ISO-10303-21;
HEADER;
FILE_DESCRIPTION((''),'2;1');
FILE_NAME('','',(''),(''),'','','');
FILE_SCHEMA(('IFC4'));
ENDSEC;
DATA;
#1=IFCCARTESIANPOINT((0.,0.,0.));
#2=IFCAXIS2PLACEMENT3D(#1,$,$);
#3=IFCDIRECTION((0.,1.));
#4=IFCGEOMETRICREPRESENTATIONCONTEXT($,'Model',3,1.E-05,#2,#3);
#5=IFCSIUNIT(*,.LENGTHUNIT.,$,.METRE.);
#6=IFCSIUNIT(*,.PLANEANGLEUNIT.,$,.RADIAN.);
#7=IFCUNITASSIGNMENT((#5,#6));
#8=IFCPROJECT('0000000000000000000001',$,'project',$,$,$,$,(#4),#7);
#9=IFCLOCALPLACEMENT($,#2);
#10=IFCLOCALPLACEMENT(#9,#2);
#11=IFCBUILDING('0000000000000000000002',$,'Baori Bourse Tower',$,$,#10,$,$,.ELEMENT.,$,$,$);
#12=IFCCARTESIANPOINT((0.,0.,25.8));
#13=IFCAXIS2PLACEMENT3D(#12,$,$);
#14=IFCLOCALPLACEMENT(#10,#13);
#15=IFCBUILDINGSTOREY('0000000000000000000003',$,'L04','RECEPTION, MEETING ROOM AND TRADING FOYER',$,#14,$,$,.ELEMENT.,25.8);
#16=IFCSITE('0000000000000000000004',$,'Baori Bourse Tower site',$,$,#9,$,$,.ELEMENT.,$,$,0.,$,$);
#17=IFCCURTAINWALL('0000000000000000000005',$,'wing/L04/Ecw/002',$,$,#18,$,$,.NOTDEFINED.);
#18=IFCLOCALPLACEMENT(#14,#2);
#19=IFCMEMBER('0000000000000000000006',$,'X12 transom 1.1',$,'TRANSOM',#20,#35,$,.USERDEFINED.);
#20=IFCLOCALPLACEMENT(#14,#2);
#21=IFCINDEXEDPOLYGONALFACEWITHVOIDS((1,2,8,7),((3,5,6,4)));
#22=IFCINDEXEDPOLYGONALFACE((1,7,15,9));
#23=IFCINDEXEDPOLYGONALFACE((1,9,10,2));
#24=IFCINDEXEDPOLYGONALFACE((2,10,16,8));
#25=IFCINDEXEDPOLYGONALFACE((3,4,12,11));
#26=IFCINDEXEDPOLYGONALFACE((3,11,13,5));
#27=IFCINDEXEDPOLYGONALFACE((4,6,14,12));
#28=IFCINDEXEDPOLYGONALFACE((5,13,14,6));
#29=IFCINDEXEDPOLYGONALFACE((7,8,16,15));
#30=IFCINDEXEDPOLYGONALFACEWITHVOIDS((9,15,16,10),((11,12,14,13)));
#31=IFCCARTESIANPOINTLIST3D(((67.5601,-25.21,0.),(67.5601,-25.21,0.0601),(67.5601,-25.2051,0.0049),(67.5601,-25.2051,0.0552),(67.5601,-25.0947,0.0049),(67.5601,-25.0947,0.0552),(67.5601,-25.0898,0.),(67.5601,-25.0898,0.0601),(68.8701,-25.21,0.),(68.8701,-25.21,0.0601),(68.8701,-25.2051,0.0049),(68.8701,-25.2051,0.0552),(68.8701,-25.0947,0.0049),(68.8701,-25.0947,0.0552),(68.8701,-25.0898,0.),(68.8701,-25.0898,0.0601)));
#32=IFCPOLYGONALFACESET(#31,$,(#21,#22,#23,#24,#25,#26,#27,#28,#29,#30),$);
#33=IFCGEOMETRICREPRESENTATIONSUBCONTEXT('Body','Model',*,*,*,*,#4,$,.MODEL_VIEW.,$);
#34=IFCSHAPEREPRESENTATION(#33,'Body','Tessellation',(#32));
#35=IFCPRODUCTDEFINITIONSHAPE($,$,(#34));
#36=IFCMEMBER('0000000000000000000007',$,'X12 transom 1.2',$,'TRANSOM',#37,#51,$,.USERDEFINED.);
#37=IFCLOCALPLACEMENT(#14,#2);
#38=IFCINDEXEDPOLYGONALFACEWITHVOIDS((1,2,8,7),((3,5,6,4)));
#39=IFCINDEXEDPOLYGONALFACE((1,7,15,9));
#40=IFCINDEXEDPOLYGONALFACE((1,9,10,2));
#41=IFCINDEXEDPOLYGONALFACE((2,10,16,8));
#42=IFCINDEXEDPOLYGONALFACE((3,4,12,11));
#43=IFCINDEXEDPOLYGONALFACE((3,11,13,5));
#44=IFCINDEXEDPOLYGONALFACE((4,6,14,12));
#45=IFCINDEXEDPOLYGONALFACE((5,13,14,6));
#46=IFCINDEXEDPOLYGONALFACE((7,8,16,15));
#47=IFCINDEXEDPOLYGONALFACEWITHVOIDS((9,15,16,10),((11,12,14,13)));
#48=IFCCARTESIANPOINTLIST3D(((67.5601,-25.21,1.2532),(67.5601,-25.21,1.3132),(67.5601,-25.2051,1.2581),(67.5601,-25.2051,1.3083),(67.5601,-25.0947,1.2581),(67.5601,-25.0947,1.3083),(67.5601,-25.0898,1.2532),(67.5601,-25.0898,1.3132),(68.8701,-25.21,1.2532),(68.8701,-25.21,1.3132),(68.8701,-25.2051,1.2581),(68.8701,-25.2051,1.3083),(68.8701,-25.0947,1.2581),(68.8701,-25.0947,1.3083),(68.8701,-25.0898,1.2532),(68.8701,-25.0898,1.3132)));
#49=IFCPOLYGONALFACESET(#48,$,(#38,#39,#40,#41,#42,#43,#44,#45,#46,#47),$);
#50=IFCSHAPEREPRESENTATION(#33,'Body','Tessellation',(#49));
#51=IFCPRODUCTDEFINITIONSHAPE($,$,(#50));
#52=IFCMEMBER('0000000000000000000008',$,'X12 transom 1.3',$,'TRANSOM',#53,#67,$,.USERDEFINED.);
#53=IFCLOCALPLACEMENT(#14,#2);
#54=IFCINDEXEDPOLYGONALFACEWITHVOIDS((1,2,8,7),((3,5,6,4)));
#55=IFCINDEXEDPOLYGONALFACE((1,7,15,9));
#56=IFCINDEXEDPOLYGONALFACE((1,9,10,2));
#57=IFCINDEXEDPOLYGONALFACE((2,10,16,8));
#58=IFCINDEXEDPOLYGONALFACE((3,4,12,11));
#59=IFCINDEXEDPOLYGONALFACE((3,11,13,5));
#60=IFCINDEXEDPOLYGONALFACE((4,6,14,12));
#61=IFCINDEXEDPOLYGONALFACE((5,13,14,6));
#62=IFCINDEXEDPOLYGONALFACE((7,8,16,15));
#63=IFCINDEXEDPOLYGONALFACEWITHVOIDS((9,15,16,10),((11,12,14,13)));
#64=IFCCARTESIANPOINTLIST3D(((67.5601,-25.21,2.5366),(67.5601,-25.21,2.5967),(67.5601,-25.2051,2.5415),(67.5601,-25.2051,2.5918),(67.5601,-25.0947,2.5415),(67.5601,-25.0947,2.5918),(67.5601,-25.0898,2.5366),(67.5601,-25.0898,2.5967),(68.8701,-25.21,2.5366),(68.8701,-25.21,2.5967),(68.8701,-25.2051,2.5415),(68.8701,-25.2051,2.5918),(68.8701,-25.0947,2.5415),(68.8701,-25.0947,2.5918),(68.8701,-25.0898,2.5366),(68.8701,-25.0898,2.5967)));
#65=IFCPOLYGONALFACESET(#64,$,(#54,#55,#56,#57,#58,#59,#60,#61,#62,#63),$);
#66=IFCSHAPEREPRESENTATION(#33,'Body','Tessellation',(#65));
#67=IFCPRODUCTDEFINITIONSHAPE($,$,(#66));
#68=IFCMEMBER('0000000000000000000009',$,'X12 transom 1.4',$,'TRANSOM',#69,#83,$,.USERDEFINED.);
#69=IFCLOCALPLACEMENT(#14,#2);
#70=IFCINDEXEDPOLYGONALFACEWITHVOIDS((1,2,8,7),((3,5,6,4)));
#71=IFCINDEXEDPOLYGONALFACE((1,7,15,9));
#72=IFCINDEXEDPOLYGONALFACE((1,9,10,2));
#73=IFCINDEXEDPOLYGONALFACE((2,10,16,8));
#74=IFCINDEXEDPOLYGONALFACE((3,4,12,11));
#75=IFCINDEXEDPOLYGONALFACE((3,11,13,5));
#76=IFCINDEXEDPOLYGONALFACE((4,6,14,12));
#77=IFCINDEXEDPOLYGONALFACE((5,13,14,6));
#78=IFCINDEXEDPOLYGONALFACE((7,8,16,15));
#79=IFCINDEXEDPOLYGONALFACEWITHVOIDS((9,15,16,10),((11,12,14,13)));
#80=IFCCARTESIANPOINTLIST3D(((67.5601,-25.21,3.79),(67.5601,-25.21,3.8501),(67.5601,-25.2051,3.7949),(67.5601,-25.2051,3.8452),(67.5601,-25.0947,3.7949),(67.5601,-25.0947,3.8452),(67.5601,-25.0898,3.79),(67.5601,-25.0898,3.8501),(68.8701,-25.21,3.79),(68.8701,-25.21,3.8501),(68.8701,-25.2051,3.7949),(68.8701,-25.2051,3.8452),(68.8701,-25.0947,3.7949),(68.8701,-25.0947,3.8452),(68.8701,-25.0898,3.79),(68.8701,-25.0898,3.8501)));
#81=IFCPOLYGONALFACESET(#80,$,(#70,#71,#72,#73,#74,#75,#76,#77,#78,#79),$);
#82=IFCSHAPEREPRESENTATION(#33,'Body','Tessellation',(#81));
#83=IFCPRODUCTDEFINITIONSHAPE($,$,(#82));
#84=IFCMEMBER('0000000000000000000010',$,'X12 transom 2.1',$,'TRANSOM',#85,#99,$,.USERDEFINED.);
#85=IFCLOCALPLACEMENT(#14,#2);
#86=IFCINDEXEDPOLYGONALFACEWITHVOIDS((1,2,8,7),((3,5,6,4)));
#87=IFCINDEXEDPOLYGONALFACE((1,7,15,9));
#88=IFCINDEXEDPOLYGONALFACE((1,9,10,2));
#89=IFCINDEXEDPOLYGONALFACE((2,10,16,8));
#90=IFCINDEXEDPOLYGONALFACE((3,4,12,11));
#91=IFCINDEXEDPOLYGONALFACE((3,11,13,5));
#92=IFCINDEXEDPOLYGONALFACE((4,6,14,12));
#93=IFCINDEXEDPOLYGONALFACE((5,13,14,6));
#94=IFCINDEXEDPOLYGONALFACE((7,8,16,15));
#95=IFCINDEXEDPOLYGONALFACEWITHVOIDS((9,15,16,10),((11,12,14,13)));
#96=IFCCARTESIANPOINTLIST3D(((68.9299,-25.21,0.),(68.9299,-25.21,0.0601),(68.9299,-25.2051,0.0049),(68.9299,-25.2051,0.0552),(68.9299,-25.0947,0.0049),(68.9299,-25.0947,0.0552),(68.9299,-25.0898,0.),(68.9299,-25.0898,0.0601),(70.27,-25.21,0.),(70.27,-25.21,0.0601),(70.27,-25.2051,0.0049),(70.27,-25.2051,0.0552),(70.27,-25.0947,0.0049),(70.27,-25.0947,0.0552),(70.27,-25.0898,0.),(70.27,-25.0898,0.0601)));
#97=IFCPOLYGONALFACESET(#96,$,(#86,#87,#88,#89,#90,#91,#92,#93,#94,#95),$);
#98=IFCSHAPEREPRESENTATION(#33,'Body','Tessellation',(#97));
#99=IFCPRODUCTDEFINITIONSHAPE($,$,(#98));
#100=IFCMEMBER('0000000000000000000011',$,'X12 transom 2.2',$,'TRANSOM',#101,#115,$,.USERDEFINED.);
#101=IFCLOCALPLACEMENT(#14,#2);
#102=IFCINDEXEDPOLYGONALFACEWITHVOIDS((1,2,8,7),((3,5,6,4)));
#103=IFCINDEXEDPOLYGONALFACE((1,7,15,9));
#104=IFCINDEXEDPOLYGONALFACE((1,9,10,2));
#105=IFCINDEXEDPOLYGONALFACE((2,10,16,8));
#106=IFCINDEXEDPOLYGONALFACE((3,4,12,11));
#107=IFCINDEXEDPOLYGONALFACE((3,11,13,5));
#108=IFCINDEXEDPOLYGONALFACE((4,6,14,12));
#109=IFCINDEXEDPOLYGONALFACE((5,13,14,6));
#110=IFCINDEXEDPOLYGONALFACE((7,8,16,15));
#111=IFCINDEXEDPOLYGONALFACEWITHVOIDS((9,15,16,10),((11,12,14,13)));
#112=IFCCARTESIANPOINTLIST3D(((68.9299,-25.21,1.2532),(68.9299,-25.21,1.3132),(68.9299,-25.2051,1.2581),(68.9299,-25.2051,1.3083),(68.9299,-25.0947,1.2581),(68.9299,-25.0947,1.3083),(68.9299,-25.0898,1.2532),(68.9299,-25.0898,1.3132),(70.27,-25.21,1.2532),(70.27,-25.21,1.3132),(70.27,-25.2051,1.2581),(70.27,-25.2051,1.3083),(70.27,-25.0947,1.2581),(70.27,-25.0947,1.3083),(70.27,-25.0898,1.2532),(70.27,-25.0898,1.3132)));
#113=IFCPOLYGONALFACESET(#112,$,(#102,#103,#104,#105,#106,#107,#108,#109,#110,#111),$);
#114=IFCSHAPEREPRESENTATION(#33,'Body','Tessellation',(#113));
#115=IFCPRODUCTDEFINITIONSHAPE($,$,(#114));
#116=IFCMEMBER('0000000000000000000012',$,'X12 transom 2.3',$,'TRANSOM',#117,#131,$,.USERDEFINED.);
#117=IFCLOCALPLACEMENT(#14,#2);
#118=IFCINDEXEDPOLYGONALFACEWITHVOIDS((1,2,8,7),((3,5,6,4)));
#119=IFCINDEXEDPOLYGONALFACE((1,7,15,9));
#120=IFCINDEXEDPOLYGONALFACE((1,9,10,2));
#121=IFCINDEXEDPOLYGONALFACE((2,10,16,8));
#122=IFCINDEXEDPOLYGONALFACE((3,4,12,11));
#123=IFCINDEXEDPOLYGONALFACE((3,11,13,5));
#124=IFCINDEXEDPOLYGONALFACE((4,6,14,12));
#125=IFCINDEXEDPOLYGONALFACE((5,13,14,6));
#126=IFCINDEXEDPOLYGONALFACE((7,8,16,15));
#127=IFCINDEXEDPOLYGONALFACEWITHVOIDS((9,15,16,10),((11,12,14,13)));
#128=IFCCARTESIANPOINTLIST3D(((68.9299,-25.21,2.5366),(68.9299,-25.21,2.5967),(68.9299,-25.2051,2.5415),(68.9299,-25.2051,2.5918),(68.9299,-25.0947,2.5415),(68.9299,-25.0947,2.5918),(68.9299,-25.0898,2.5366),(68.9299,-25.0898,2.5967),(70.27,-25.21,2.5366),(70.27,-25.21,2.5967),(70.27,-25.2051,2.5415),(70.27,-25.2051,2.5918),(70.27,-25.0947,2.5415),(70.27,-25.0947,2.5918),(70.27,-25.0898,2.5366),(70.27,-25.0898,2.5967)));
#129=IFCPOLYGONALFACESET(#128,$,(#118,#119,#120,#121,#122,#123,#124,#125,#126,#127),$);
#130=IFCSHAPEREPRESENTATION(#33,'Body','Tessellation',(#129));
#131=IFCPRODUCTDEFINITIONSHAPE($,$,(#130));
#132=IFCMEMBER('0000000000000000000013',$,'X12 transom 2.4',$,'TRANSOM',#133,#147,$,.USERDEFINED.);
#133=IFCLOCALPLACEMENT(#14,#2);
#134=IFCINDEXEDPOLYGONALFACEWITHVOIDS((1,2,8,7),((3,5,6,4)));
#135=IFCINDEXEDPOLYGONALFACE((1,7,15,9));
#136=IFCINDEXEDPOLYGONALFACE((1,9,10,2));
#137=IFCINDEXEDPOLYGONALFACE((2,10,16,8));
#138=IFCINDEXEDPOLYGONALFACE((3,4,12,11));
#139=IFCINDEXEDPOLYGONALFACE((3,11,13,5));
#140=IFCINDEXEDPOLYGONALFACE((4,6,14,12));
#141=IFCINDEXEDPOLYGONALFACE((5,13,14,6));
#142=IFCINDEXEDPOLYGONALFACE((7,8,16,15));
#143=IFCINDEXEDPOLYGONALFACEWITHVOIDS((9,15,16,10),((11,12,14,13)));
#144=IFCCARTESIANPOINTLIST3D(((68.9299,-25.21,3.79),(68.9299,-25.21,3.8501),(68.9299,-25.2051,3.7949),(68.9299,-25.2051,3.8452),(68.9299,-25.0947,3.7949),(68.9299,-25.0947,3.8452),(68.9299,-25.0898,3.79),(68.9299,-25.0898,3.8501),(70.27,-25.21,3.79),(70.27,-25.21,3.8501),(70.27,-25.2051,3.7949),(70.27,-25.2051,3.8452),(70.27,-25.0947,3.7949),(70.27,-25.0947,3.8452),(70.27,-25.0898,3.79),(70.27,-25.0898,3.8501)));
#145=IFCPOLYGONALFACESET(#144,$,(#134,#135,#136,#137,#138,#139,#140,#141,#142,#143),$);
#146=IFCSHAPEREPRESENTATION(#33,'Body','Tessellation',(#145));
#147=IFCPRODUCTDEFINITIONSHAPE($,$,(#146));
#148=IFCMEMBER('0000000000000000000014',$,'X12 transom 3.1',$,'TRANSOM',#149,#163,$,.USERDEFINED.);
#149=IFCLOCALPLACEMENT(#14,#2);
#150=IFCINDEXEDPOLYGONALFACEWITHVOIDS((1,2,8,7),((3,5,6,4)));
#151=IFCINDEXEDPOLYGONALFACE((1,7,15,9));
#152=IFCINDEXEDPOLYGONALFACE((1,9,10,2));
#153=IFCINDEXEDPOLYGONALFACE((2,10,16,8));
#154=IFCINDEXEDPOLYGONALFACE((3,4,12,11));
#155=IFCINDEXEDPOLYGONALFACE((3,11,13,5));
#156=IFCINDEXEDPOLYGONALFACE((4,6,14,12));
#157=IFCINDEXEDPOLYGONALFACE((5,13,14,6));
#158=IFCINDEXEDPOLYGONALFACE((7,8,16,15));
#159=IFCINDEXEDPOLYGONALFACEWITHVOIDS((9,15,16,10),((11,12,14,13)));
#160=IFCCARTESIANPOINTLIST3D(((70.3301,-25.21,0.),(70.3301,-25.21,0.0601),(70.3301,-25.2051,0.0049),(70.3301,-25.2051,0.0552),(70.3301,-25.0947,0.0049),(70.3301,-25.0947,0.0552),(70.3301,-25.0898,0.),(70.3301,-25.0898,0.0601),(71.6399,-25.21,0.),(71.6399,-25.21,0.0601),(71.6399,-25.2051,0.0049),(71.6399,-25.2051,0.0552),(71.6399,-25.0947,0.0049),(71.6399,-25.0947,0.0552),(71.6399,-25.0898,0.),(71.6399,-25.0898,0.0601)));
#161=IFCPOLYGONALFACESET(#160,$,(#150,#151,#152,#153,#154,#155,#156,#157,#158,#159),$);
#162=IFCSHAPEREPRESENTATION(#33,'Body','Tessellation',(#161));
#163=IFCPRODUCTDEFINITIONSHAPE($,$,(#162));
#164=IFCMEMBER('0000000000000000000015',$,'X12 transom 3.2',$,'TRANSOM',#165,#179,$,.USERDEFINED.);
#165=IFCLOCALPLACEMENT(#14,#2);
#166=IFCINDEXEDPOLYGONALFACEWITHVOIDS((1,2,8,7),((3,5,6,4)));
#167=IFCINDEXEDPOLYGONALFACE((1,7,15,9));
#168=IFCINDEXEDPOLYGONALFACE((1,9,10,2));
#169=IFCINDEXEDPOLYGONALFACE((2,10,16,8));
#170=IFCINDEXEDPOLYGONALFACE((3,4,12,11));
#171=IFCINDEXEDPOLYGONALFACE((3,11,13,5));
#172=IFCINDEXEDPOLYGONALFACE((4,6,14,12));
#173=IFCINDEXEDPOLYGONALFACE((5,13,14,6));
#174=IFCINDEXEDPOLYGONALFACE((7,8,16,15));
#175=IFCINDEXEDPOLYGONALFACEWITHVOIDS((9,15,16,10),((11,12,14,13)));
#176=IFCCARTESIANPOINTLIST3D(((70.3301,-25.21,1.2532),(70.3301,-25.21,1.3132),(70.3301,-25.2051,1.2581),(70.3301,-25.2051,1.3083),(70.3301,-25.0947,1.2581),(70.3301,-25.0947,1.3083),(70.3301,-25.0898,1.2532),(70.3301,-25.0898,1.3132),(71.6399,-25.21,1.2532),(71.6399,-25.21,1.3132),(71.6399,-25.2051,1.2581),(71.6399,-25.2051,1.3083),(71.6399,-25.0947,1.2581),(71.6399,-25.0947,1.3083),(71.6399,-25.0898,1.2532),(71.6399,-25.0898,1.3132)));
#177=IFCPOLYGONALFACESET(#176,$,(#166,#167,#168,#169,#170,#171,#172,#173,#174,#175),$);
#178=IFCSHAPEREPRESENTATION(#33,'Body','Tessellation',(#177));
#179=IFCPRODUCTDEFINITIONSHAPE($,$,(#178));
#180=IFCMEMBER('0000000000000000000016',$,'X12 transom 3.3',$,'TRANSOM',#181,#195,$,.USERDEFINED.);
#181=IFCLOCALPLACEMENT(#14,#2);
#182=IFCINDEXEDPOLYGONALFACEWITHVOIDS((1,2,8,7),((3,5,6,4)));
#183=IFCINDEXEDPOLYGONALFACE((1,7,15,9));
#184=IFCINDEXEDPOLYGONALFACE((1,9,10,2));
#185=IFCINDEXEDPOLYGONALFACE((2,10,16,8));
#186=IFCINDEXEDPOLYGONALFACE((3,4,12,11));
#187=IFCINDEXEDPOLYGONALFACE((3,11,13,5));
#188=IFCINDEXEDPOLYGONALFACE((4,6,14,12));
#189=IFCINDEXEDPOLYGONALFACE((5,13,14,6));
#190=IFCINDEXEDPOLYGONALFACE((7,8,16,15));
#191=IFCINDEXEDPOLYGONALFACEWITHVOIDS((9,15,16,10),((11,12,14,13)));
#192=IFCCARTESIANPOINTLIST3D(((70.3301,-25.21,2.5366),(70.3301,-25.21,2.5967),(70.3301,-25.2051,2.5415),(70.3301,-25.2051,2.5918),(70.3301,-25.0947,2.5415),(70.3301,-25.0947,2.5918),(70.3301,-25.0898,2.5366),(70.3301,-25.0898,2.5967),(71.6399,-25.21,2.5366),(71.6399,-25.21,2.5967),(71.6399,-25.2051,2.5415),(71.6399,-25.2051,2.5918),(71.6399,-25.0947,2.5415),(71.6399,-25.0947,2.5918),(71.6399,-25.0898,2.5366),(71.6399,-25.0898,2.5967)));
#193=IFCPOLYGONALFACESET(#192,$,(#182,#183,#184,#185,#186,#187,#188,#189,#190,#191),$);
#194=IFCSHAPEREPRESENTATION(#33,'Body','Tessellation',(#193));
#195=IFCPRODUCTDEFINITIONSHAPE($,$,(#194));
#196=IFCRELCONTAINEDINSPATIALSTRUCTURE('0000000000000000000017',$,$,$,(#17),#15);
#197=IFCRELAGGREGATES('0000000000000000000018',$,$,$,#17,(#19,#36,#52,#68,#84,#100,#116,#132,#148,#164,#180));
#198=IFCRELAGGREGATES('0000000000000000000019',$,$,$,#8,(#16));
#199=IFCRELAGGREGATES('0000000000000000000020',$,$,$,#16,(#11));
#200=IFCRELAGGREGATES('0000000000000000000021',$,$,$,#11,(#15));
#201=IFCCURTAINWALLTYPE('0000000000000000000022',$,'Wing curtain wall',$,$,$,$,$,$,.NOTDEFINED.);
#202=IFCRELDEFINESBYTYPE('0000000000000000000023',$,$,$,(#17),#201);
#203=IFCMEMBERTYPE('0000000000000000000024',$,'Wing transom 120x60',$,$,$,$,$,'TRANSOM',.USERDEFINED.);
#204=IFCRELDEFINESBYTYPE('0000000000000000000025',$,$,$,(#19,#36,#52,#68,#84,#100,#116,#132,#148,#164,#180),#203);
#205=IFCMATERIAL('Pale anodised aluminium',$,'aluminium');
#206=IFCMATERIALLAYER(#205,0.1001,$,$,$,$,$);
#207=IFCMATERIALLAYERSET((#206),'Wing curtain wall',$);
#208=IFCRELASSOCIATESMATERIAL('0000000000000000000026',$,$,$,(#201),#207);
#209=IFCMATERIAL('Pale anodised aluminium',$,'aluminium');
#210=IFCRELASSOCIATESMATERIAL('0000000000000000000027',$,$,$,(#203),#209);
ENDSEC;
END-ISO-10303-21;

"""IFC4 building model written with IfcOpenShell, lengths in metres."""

from ifc_helpers import new_model, si_unit, direction, frame, origin, origin_2d, place, context, subcontext, project, spatial, hollow_rectangle, extrude, material, layer, layer_set, material_profile, profile_set, type_object, element, aggregate, save


model = new_model("IFC4")

# Units and contexts
model_context = context("Model", 3, precision=1e-05, world=origin(), true_north=direction((0.0, 1.0)))
body_context = subcontext(model_context, "Body", "Model", "MODEL_VIEW")
ifc_project = project(units=[si_unit("LENGTHUNIT", "METRE"), si_unit("PLANEANGLEUNIT", "RADIAN")], contexts=[model_context])

# Site, building, storey
site_placement = place(None, origin())
site = spatial("IfcSite", under=ifc_project, at=site_placement, Name="Baori Bourse Tower site", CompositionType="ELEMENT", RefElevation=0.0)
building_placement = place(site_placement, origin())
building = spatial("IfcBuilding", under=site, at=building_placement, Name="Baori Bourse Tower", CompositionType="ELEMENT")
storey_placement = place(building_placement, frame((0.0, 0.0, 25.8)))
storey = spatial("IfcBuildingStorey", under=building, at=storey_placement, Name="L04", Description="RECEPTION, MEETING ROOM AND TRADING FOYER", CompositionType="ELEMENT", Elevation=25.8)

# Curtain wall
ifc_material_1 = material(Name="Pale anodised aluminium", Category="aluminium")
ifc_layer_1 = layer(ifc_material_1, 0.1001)
ifc_layer_set_1 = layer_set([ifc_layer_1], Name="Wing curtain wall")
curtain_wall_type = type_object("IfcCurtainWallType", Name="Wing curtain wall", PredefinedType="NOTDEFINED", material=ifc_layer_set_1)
curtain_wall_1_placement = place(storey_placement, origin())
curtain_wall_1 = element("IfcCurtainWall", 1, at=curtain_wall_1_placement, inside=storey, type_object=curtain_wall_type, Name="wing/L04/Ecw/002", PredefinedType="NOTDEFINED")

# Members
ifc_material_2 = material(Name="Pale anodised aluminium", Category="aluminium")
ifc_material_profile_1 = material_profile(ifc_material_2, hollow_rectangle(XDim=0.1201, YDim=0.0601, WallThickness=0.0049, at=origin_2d()), Name="Transom 120x60x5")
ifc_profile_set_1 = profile_set([ifc_material_profile_1], Name="Pale anodised aluminium")
member_type_1 = type_object("IfcMemberType", Name="Wing transom 120x60", ElementType="TRANSOM", PredefinedType="USERDEFINED", material=ifc_profile_set_1)
member_1_placement = place(storey_placement, frame((67.5601, -25.1499, 0.03), z_axis=(1.0, 0.0, 0.0), x_axis=(0.0, 1.0, 0.0)))
member_1 = element("IfcMember", 2, at=member_1_placement, type_object=member_type_1, Name="X12 transom 1.1", ObjectType="TRANSOM", PredefinedType="USERDEFINED", context=body_context, shape_type="SweptSolid", body=[
    extrude(hollow_rectangle(XDim=0.1201, YDim=0.0601, WallThickness=0.0049, at=origin_2d()), origin(), (0.0, 0.0, 1.0), 1.3101),
])
member_2_placement = place(storey_placement, frame((67.5601, -25.1499, 1.2832), z_axis=(1.0, 0.0, 0.0), x_axis=(0.0, 1.0, 0.0)))
member_2 = element("IfcMember", 3, at=member_2_placement, type_object=member_type_1, Name="X12 transom 1.2", ObjectType="TRANSOM", PredefinedType="USERDEFINED", context=body_context, shape_type="SweptSolid", body=[
    extrude(hollow_rectangle(XDim=0.1201, YDim=0.0601, WallThickness=0.0049, at=origin_2d()), origin(), (0.0, 0.0, 1.0), 1.3101),
])
member_3_placement = place(storey_placement, frame((67.5601, -25.1499, 2.5667), z_axis=(1.0, 0.0, 0.0), x_axis=(0.0, 1.0, 0.0)))
member_3 = element("IfcMember", 4, at=member_3_placement, type_object=member_type_1, Name="X12 transom 1.3", ObjectType="TRANSOM", PredefinedType="USERDEFINED", context=body_context, shape_type="SweptSolid", body=[
    extrude(hollow_rectangle(XDim=0.1201, YDim=0.0601, WallThickness=0.0049, at=origin_2d()), origin(), (0.0, 0.0, 1.0), 1.3101),
])
member_4_placement = place(storey_placement, frame((67.5601, -25.1499, 3.8201), z_axis=(1.0, 0.0, 0.0), x_axis=(0.0, 1.0, 0.0)))
member_4 = element("IfcMember", 5, at=member_4_placement, type_object=member_type_1, Name="X12 transom 1.4", ObjectType="TRANSOM", PredefinedType="USERDEFINED", context=body_context, shape_type="SweptSolid", body=[
    extrude(hollow_rectangle(XDim=0.1201, YDim=0.0601, WallThickness=0.0049, at=origin_2d()), origin(), (0.0, 0.0, 1.0), 1.3101),
])
member_5_placement = place(storey_placement, frame((68.9299, -25.1499, 0.03), z_axis=(1.0, 0.0, 0.0), x_axis=(0.0, 1.0, 0.0)))
member_5 = element("IfcMember", 6, at=member_5_placement, type_object=member_type_1, Name="X12 transom 2.1", ObjectType="TRANSOM", PredefinedType="USERDEFINED", context=body_context, shape_type="SweptSolid", body=[
    extrude(hollow_rectangle(XDim=0.1201, YDim=0.0601, WallThickness=0.0049, at=origin_2d()), origin(), (0.0, 0.0, 1.0), 1.3401),
])
member_6_placement = place(storey_placement, frame((68.9299, -25.1499, 1.2832), z_axis=(1.0, 0.0, 0.0), x_axis=(0.0, 1.0, 0.0)))
member_6 = element("IfcMember", 7, at=member_6_placement, type_object=member_type_1, Name="X12 transom 2.2", ObjectType="TRANSOM", PredefinedType="USERDEFINED", context=body_context, shape_type="SweptSolid", body=[
    extrude(hollow_rectangle(XDim=0.1201, YDim=0.0601, WallThickness=0.0049, at=origin_2d()), origin(), (0.0, 0.0, 1.0), 1.3401),
])
member_7_placement = place(storey_placement, frame((68.9299, -25.1499, 2.5667), z_axis=(1.0, 0.0, 0.0), x_axis=(0.0, 1.0, 0.0)))
member_7 = element("IfcMember", 8, at=member_7_placement, type_object=member_type_1, Name="X12 transom 2.3", ObjectType="TRANSOM", PredefinedType="USERDEFINED", context=body_context, shape_type="SweptSolid", body=[
    extrude(hollow_rectangle(XDim=0.1201, YDim=0.0601, WallThickness=0.0049, at=origin_2d()), origin(), (0.0, 0.0, 1.0), 1.3401),
])
member_8_placement = place(storey_placement, frame((68.9299, -25.1499, 3.8201), z_axis=(1.0, 0.0, 0.0), x_axis=(0.0, 1.0, 0.0)))
member_8 = element("IfcMember", 9, at=member_8_placement, type_object=member_type_1, Name="X12 transom 2.4", ObjectType="TRANSOM", PredefinedType="USERDEFINED", context=body_context, shape_type="SweptSolid", body=[
    extrude(hollow_rectangle(XDim=0.1201, YDim=0.0601, WallThickness=0.0049, at=origin_2d()), origin(), (0.0, 0.0, 1.0), 1.3401),
])
member_9_placement = place(storey_placement, frame((70.3301, -25.1499, 0.03), z_axis=(1.0, 0.0, 0.0), x_axis=(0.0, 1.0, 0.0)))
member_9 = element("IfcMember", 10, at=member_9_placement, type_object=member_type_1, Name="X12 transom 3.1", ObjectType="TRANSOM", PredefinedType="USERDEFINED", context=body_context, shape_type="SweptSolid", body=[
    extrude(hollow_rectangle(XDim=0.1201, YDim=0.0601, WallThickness=0.0049, at=origin_2d()), origin(), (0.0, 0.0, 1.0), 1.3098),
])
member_10_placement = place(storey_placement, frame((70.3301, -25.1499, 1.2832), z_axis=(1.0, 0.0, 0.0), x_axis=(0.0, 1.0, 0.0)))
member_10 = element("IfcMember", 11, at=member_10_placement, type_object=member_type_1, Name="X12 transom 3.2", ObjectType="TRANSOM", PredefinedType="USERDEFINED", context=body_context, shape_type="SweptSolid", body=[
    extrude(hollow_rectangle(XDim=0.1201, YDim=0.0601, WallThickness=0.0049, at=origin_2d()), origin(), (0.0, 0.0, 1.0), 1.3098),
])
member_11_placement = place(storey_placement, frame((70.3301, -25.1499, 2.5667), z_axis=(1.0, 0.0, 0.0), x_axis=(0.0, 1.0, 0.0)))
member_11 = element("IfcMember", 12, at=member_11_placement, type_object=member_type_1, Name="X12 transom 3.3", ObjectType="TRANSOM", PredefinedType="USERDEFINED", context=body_context, shape_type="SweptSolid", body=[
    extrude(hollow_rectangle(XDim=0.1201, YDim=0.0601, WallThickness=0.0049, at=origin_2d()), origin(), (0.0, 0.0, 1.0), 1.3098),
])

aggregate(curtain_wall_1, [member_1, member_2, member_3, member_4, member_5, member_6, member_7, member_8, member_9, member_10, member_11])

save(model, "model.ifc")
